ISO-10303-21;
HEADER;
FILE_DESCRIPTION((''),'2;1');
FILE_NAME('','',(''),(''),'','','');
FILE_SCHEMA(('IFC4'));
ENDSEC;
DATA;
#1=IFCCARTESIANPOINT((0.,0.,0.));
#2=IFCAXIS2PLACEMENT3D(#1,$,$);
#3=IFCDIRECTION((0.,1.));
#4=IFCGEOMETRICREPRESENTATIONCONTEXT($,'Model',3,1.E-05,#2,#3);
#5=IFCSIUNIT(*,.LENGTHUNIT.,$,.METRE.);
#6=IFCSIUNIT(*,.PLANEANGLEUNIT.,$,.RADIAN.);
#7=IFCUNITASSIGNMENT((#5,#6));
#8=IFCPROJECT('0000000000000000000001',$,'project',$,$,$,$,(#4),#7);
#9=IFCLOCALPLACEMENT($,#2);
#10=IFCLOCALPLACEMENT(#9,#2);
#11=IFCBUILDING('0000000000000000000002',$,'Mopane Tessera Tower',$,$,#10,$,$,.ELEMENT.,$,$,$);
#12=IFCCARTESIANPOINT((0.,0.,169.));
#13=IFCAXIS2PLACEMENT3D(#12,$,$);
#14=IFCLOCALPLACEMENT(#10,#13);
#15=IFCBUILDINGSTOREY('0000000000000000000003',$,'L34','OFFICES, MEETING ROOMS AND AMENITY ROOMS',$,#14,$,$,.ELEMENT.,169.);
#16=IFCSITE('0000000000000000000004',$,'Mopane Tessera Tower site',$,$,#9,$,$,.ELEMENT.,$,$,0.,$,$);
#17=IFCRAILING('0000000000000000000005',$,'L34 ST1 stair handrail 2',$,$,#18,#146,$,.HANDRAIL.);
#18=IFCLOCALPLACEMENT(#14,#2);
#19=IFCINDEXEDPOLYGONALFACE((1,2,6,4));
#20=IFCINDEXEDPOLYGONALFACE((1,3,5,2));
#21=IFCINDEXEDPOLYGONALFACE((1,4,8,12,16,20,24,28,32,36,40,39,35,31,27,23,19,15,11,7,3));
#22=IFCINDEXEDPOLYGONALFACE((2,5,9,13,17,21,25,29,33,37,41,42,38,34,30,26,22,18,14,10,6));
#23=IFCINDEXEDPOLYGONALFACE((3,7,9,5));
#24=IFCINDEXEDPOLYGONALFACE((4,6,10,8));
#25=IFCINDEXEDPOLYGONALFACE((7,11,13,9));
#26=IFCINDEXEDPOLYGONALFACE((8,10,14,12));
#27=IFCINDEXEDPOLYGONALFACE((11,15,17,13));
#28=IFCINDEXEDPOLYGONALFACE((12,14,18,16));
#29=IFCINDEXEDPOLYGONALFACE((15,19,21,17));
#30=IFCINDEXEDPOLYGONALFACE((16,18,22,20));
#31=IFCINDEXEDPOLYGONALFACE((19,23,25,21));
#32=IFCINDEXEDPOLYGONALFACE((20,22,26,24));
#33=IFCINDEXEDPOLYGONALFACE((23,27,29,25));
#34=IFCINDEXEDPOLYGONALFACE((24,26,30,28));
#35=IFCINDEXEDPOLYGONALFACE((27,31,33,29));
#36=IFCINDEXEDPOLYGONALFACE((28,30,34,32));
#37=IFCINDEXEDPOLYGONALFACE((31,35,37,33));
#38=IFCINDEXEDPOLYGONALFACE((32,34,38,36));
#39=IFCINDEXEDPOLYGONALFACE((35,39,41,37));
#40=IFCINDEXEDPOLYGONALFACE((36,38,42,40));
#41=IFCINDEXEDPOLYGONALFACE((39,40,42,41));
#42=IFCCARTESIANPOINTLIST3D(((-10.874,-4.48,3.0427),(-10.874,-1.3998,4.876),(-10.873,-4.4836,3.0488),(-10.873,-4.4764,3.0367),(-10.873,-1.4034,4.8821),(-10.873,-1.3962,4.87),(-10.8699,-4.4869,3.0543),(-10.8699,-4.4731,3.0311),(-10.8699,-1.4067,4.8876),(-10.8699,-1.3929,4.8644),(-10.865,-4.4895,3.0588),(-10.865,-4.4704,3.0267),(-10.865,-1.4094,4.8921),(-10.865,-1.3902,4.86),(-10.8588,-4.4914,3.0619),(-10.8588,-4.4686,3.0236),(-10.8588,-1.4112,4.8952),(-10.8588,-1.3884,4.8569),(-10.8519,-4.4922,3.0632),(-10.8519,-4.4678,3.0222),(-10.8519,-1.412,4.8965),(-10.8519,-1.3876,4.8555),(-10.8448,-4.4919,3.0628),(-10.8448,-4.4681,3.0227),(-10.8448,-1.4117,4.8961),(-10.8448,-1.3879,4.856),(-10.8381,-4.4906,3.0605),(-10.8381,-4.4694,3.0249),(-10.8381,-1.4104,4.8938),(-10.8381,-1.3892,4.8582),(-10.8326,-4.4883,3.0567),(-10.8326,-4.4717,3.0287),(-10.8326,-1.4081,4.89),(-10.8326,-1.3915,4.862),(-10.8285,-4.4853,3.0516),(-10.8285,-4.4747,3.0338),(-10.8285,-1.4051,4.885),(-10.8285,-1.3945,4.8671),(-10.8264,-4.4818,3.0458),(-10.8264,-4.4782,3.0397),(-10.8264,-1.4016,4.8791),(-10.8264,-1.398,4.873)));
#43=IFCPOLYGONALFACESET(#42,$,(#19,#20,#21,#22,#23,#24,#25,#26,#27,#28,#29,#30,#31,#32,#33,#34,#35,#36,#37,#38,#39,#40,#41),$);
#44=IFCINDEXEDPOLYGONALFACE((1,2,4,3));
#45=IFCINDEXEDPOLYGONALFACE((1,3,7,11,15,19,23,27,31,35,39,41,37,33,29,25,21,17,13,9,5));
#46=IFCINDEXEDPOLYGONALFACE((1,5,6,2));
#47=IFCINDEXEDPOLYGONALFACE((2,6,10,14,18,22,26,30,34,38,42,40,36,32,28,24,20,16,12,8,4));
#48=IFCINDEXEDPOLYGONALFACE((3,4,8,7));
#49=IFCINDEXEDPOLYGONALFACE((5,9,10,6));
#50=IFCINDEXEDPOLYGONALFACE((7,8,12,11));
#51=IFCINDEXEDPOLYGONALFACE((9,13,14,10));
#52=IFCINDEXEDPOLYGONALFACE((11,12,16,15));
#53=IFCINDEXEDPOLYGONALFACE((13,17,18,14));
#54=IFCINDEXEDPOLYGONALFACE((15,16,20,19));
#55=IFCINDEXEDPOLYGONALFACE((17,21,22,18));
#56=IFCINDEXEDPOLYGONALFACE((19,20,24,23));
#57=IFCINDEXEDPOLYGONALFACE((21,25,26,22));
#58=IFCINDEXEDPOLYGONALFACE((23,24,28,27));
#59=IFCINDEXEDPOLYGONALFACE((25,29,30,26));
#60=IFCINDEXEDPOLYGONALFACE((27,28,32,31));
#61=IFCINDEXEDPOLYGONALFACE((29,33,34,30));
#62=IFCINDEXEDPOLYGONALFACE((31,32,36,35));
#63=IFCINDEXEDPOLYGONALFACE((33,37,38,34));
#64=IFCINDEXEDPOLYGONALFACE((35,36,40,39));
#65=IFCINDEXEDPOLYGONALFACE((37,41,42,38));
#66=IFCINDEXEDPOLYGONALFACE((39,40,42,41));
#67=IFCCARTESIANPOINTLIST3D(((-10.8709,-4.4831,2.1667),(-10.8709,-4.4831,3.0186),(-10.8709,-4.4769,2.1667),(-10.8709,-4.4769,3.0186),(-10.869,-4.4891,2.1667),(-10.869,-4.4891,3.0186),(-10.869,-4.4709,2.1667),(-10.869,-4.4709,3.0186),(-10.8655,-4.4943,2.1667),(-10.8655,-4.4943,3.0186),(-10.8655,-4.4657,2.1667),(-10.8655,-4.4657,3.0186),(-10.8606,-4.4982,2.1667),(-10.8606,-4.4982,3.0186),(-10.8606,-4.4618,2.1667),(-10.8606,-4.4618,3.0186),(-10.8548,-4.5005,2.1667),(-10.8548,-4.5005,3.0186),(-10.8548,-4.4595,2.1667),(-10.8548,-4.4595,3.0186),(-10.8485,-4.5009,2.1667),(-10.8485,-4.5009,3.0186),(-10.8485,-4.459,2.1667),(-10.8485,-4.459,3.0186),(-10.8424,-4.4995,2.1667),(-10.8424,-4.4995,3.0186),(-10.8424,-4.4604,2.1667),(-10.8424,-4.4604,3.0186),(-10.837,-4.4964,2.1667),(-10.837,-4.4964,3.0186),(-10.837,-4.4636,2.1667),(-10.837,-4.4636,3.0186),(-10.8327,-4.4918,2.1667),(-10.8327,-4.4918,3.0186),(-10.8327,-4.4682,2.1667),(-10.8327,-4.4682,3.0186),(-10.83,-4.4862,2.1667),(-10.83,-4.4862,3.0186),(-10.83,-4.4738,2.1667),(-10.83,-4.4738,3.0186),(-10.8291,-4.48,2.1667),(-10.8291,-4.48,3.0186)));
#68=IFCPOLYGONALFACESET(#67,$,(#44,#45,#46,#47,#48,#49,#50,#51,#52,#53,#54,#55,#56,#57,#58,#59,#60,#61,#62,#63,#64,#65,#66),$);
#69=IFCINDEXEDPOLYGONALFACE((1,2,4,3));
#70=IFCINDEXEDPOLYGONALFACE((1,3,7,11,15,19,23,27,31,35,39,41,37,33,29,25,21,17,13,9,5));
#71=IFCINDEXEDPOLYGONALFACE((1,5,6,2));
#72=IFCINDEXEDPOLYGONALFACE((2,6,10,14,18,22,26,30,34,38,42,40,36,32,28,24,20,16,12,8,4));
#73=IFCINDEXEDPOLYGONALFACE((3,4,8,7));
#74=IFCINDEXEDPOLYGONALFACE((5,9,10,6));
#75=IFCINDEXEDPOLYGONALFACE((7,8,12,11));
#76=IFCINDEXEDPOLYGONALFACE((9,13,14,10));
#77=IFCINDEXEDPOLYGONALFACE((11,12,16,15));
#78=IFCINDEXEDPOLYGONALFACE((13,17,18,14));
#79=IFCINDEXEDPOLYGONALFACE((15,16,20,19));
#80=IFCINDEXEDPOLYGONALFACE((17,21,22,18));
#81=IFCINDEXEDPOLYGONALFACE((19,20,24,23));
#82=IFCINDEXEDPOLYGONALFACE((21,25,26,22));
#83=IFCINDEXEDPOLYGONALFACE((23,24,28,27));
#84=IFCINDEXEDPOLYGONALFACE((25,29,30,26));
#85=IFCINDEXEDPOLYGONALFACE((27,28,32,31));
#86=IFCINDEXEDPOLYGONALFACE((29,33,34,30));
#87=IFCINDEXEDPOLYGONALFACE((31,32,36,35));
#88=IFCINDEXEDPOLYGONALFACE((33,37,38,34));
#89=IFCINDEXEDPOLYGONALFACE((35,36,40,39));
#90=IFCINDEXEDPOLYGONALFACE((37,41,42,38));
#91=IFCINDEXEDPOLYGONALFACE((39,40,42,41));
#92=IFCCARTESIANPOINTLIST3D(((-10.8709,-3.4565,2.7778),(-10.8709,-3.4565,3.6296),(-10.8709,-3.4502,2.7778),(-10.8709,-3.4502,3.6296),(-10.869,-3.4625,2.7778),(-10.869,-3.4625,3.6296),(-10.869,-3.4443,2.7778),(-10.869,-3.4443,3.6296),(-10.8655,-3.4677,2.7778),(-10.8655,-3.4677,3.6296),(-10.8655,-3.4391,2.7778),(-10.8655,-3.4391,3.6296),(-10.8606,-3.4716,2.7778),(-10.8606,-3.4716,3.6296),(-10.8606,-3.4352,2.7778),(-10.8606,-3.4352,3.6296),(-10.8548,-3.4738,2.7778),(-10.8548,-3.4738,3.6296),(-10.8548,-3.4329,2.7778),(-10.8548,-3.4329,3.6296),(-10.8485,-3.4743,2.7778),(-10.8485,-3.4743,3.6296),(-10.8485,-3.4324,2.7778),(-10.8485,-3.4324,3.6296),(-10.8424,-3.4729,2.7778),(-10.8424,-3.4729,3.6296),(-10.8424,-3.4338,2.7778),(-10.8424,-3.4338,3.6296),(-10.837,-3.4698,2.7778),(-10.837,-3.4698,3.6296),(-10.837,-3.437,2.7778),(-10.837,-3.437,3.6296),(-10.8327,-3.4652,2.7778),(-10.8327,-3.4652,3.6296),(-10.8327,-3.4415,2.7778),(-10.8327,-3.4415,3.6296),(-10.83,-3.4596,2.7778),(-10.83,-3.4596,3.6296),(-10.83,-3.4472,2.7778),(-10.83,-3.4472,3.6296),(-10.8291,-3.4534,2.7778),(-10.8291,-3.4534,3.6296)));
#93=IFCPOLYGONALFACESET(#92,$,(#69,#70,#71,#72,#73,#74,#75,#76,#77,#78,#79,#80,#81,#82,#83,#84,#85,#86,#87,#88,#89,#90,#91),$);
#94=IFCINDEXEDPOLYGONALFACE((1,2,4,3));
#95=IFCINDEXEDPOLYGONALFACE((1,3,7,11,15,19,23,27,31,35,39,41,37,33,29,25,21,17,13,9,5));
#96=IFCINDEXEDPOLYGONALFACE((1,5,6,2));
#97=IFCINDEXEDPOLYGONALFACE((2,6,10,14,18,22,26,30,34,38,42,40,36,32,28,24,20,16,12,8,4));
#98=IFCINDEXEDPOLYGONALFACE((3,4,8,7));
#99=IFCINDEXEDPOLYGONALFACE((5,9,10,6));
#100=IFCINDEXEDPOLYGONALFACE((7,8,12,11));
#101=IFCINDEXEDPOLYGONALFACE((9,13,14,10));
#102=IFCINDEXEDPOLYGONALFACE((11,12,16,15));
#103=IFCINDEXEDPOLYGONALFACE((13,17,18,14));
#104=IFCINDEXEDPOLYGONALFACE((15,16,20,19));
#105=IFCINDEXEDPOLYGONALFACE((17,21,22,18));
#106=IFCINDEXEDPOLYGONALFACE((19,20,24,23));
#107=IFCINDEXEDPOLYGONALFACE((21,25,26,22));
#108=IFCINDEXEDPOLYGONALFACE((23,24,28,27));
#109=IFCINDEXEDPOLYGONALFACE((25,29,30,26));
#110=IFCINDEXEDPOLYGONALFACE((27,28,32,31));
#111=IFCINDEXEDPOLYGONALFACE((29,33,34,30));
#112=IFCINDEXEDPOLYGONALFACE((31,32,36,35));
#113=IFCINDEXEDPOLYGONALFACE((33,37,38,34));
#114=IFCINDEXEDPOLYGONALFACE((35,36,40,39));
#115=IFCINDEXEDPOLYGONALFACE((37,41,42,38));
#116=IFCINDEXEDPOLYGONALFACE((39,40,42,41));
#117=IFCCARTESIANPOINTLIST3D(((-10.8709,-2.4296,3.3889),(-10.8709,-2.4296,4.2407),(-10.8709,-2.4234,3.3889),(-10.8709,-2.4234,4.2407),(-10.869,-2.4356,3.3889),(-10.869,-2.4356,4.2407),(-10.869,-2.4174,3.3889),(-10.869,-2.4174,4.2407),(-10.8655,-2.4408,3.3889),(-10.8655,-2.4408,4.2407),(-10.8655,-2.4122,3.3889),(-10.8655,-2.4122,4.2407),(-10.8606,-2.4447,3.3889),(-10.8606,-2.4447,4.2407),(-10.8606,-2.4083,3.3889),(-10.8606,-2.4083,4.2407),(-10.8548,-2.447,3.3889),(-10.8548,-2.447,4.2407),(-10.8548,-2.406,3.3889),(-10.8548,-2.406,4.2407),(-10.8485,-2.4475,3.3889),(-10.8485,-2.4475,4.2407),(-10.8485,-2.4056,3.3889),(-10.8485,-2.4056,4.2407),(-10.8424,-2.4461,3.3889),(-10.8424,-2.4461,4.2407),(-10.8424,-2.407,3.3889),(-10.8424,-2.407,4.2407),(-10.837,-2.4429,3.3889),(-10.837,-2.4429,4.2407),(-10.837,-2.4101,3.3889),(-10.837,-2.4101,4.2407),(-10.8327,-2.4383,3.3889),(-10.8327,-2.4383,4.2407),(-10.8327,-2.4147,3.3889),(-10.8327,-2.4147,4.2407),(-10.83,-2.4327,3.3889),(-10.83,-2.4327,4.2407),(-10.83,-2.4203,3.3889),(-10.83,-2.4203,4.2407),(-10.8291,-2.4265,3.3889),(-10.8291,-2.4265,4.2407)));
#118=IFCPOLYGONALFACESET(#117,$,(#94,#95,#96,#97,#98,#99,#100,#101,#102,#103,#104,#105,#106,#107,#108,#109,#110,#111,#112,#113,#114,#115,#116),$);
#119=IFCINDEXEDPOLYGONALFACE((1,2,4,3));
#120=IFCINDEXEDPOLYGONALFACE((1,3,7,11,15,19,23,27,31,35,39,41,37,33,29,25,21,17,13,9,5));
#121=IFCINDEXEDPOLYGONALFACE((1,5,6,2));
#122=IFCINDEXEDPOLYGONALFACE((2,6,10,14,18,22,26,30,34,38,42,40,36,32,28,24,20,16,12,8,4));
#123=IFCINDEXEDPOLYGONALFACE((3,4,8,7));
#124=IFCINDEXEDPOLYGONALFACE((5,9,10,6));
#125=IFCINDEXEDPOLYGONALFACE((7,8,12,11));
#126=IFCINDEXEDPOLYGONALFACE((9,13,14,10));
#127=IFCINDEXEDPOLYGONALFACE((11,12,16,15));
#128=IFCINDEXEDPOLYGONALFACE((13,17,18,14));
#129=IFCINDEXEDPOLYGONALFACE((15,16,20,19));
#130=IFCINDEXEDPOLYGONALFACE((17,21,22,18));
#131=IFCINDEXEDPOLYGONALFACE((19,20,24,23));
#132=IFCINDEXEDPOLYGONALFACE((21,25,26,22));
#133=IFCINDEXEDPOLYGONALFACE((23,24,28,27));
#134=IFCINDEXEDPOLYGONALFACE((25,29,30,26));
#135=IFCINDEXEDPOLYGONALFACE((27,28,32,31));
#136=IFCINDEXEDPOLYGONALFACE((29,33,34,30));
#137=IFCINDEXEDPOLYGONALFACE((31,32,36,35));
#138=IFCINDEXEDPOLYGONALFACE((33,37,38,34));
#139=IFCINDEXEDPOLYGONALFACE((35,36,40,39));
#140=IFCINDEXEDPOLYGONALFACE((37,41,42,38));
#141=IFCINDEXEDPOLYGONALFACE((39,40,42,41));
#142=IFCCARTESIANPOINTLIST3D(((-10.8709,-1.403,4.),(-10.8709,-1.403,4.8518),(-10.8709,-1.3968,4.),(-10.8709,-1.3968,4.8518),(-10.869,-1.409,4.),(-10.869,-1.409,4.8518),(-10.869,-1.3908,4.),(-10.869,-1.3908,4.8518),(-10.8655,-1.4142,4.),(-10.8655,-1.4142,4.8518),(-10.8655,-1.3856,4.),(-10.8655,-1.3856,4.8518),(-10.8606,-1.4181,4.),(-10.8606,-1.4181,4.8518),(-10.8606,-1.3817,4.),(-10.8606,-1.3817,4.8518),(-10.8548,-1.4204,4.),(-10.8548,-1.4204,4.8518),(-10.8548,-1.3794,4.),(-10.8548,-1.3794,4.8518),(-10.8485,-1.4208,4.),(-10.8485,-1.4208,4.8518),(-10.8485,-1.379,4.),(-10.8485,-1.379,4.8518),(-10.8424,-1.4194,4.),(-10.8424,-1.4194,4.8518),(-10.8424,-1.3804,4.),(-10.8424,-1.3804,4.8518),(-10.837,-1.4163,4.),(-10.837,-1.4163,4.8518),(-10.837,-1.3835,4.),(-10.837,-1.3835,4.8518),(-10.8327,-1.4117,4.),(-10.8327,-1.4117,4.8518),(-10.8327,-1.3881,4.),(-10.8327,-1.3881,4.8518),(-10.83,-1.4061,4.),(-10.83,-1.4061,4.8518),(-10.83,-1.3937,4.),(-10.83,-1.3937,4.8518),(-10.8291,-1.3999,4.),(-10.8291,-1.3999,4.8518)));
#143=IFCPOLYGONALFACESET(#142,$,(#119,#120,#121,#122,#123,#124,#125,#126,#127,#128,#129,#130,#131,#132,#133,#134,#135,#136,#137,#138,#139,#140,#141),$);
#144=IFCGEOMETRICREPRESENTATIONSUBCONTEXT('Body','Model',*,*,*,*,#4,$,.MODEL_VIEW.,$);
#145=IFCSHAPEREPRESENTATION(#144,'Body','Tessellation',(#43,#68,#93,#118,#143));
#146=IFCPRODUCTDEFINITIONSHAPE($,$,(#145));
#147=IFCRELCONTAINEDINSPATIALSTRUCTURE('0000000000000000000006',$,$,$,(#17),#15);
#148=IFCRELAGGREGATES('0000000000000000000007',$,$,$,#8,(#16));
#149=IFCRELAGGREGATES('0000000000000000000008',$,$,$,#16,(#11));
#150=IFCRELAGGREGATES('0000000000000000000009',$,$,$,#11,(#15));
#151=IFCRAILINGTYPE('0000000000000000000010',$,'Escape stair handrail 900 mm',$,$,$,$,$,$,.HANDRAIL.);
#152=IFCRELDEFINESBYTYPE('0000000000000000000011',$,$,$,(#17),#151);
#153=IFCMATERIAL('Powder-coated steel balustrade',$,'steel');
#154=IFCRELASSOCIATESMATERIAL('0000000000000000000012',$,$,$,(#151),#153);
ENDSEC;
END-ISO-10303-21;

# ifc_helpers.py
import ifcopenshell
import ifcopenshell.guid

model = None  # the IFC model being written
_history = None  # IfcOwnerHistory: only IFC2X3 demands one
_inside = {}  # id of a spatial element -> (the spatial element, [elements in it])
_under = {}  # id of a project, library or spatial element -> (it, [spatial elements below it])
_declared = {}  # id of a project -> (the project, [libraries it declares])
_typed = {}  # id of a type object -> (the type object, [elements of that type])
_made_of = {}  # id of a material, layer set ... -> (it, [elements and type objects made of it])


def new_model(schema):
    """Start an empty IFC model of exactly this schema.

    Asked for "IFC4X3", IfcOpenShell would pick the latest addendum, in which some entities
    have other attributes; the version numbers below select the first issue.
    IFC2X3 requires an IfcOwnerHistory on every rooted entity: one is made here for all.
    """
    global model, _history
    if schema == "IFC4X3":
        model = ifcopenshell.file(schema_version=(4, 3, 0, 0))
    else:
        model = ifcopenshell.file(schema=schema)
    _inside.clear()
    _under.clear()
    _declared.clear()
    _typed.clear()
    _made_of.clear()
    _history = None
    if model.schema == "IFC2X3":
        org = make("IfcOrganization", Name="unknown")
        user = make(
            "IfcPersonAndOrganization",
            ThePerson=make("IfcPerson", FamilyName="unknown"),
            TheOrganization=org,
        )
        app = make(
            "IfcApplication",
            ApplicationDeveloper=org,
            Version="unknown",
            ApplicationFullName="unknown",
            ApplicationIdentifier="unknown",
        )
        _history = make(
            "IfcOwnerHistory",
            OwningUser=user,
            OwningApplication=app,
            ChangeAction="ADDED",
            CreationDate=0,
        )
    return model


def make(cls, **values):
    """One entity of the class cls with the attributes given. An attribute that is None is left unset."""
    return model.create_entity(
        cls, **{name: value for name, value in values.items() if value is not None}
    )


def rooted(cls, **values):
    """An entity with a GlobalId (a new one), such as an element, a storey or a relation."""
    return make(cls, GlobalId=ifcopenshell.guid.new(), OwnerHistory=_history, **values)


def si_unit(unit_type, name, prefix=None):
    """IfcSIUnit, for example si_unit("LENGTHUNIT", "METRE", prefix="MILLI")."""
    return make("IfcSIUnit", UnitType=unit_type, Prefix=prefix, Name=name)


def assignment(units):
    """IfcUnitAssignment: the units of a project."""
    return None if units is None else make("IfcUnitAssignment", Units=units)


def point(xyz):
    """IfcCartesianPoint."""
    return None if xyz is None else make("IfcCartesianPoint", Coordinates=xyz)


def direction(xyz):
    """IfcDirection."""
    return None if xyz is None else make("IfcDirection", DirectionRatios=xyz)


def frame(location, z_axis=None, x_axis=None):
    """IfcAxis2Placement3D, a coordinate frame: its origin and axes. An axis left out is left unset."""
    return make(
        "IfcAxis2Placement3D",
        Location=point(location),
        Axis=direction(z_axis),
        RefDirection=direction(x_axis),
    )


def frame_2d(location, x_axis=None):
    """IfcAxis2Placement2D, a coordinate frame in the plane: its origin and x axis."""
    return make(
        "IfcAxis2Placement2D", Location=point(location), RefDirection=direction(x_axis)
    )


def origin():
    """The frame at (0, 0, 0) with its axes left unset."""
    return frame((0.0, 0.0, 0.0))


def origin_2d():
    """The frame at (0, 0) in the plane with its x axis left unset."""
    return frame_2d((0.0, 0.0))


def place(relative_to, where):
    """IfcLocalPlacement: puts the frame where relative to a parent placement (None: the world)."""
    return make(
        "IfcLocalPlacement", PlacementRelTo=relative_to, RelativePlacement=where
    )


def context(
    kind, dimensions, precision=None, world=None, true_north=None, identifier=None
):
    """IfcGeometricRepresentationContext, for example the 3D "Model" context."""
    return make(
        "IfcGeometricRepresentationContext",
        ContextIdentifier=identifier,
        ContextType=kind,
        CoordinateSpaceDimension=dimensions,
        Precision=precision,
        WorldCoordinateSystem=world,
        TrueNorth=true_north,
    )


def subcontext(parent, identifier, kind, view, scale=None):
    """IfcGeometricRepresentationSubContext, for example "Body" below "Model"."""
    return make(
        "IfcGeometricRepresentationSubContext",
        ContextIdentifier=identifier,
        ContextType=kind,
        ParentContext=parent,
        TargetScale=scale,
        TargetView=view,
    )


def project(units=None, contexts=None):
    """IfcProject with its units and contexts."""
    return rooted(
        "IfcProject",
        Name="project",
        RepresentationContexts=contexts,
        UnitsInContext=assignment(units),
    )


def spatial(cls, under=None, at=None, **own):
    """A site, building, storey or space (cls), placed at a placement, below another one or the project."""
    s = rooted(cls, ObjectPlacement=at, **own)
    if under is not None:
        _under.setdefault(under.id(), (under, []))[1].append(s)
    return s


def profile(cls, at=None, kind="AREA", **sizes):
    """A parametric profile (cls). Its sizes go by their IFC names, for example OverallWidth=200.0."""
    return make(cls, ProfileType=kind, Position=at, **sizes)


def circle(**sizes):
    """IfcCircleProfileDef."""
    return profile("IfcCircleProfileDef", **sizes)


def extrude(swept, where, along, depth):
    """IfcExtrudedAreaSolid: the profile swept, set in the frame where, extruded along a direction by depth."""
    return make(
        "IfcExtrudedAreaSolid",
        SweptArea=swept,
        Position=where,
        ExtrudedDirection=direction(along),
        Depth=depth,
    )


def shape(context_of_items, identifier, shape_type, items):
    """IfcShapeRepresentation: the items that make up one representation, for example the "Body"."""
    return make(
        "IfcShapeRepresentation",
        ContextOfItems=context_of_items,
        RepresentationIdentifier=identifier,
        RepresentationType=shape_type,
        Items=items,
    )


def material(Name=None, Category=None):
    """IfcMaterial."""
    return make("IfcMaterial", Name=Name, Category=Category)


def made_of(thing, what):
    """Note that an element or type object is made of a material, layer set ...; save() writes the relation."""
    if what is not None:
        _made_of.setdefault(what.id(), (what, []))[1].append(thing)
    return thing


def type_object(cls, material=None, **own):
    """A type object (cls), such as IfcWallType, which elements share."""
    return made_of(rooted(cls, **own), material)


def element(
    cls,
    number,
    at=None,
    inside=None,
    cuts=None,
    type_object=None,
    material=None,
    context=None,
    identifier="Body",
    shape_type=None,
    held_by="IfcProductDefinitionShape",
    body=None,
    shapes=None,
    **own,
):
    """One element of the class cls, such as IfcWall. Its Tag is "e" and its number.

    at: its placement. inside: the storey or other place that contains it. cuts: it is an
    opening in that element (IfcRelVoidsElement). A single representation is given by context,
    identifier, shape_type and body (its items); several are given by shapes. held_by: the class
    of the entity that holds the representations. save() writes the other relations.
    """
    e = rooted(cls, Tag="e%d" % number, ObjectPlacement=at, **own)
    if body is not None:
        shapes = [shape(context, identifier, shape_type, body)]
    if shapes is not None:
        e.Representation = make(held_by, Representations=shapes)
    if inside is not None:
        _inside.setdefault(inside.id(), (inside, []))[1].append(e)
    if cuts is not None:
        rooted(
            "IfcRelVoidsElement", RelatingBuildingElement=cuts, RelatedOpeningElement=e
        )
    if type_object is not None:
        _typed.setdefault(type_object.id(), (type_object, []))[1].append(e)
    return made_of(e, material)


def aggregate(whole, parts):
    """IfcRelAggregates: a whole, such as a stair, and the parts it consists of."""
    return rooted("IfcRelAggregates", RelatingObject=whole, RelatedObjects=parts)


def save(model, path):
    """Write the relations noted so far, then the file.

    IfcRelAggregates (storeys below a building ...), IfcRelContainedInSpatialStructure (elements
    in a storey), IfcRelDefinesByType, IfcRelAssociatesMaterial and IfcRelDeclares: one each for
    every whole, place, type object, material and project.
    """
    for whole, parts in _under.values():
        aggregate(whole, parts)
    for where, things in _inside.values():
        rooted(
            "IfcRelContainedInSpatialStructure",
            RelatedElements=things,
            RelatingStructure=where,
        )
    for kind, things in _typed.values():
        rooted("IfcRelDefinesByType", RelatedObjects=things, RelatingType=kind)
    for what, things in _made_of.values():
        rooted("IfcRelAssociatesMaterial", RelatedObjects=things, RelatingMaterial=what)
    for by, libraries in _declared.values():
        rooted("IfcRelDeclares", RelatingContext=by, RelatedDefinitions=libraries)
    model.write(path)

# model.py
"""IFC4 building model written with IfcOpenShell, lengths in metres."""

from ifc_helpers import new_model, si_unit, direction, frame, origin, origin_2d, place, context, subcontext, project, spatial, circle, extrude, material, type_object, element, save


model = new_model("IFC4")

# Units and contexts
model_context = context("Model", 3, precision=1e-05, world=origin(), true_north=direction((0.0, 1.0)))
body_context = subcontext(model_context, "Body", "Model", "MODEL_VIEW")
ifc_project = project(units=[si_unit("LENGTHUNIT", "METRE"), si_unit("PLANEANGLEUNIT", "RADIAN")], contexts=[model_context])

# Site, building, storey
site_placement = place(None, origin())
site = spatial("IfcSite", under=ifc_project, at=site_placement, Name="Mopane Tessera Tower site", CompositionType="ELEMENT", RefElevation=0.0)
building_placement = place(site_placement, origin())
building = spatial("IfcBuilding", under=site, at=building_placement, Name="Mopane Tessera Tower", CompositionType="ELEMENT")
storey_placement = place(building_placement, frame((0.0, 0.0, 169.0)))
storey = spatial("IfcBuildingStorey", under=building, at=storey_placement, Name="L34", Description="OFFICES, MEETING ROOMS AND AMENITY ROOMS", CompositionType="ELEMENT", Elevation=169.0)

# Railing
ifc_material_1 = material(Name="Powder-coated steel balustrade", Category="steel")
railing_type_1 = type_object("IfcRailingType", Name="Escape stair handrail 900 mm", PredefinedType="HANDRAIL", material=ifc_material_1)
railing_1_placement = place(storey_placement, frame((-10.8501, -4.48, 2.1667)))
element("IfcRailing", 1, at=railing_1_placement, inside=storey, type_object=railing_type_1, Name="L34 ST1 stair handrail 2", PredefinedType="HANDRAIL", context=body_context, shape_type="SweptSolid", body=[
    extrude(circle(Radius=0.0239, at=origin_2d()), frame((0.0, 0.0, 0.876), z_axis=(0.0, 0.859309, 0.511458), x_axis=(-1.0, 0.0, 0.0)), (0.0, 0.0, 1.0), 3.5845),
    extrude(circle(Radius=0.021, at=origin_2d()), origin(), (0.0, 0.0, 1.0), 0.8518),
    extrude(circle(Radius=0.021, at=origin_2d()), frame((0.0, 1.0266, 0.6111)), (0.0, 0.0, 1.0), 0.8518),
    extrude(circle(Radius=0.021, at=origin_2d()), frame((0.0, 2.0535, 1.2222)), (0.0, 0.0, 1.0), 0.8518),
    extrude(circle(Radius=0.021, at=origin_2d()), frame((0.0, 3.0801, 1.8333)), (0.0, 0.0, 1.0), 0.8518),
])

save(model, "model.ifc")
